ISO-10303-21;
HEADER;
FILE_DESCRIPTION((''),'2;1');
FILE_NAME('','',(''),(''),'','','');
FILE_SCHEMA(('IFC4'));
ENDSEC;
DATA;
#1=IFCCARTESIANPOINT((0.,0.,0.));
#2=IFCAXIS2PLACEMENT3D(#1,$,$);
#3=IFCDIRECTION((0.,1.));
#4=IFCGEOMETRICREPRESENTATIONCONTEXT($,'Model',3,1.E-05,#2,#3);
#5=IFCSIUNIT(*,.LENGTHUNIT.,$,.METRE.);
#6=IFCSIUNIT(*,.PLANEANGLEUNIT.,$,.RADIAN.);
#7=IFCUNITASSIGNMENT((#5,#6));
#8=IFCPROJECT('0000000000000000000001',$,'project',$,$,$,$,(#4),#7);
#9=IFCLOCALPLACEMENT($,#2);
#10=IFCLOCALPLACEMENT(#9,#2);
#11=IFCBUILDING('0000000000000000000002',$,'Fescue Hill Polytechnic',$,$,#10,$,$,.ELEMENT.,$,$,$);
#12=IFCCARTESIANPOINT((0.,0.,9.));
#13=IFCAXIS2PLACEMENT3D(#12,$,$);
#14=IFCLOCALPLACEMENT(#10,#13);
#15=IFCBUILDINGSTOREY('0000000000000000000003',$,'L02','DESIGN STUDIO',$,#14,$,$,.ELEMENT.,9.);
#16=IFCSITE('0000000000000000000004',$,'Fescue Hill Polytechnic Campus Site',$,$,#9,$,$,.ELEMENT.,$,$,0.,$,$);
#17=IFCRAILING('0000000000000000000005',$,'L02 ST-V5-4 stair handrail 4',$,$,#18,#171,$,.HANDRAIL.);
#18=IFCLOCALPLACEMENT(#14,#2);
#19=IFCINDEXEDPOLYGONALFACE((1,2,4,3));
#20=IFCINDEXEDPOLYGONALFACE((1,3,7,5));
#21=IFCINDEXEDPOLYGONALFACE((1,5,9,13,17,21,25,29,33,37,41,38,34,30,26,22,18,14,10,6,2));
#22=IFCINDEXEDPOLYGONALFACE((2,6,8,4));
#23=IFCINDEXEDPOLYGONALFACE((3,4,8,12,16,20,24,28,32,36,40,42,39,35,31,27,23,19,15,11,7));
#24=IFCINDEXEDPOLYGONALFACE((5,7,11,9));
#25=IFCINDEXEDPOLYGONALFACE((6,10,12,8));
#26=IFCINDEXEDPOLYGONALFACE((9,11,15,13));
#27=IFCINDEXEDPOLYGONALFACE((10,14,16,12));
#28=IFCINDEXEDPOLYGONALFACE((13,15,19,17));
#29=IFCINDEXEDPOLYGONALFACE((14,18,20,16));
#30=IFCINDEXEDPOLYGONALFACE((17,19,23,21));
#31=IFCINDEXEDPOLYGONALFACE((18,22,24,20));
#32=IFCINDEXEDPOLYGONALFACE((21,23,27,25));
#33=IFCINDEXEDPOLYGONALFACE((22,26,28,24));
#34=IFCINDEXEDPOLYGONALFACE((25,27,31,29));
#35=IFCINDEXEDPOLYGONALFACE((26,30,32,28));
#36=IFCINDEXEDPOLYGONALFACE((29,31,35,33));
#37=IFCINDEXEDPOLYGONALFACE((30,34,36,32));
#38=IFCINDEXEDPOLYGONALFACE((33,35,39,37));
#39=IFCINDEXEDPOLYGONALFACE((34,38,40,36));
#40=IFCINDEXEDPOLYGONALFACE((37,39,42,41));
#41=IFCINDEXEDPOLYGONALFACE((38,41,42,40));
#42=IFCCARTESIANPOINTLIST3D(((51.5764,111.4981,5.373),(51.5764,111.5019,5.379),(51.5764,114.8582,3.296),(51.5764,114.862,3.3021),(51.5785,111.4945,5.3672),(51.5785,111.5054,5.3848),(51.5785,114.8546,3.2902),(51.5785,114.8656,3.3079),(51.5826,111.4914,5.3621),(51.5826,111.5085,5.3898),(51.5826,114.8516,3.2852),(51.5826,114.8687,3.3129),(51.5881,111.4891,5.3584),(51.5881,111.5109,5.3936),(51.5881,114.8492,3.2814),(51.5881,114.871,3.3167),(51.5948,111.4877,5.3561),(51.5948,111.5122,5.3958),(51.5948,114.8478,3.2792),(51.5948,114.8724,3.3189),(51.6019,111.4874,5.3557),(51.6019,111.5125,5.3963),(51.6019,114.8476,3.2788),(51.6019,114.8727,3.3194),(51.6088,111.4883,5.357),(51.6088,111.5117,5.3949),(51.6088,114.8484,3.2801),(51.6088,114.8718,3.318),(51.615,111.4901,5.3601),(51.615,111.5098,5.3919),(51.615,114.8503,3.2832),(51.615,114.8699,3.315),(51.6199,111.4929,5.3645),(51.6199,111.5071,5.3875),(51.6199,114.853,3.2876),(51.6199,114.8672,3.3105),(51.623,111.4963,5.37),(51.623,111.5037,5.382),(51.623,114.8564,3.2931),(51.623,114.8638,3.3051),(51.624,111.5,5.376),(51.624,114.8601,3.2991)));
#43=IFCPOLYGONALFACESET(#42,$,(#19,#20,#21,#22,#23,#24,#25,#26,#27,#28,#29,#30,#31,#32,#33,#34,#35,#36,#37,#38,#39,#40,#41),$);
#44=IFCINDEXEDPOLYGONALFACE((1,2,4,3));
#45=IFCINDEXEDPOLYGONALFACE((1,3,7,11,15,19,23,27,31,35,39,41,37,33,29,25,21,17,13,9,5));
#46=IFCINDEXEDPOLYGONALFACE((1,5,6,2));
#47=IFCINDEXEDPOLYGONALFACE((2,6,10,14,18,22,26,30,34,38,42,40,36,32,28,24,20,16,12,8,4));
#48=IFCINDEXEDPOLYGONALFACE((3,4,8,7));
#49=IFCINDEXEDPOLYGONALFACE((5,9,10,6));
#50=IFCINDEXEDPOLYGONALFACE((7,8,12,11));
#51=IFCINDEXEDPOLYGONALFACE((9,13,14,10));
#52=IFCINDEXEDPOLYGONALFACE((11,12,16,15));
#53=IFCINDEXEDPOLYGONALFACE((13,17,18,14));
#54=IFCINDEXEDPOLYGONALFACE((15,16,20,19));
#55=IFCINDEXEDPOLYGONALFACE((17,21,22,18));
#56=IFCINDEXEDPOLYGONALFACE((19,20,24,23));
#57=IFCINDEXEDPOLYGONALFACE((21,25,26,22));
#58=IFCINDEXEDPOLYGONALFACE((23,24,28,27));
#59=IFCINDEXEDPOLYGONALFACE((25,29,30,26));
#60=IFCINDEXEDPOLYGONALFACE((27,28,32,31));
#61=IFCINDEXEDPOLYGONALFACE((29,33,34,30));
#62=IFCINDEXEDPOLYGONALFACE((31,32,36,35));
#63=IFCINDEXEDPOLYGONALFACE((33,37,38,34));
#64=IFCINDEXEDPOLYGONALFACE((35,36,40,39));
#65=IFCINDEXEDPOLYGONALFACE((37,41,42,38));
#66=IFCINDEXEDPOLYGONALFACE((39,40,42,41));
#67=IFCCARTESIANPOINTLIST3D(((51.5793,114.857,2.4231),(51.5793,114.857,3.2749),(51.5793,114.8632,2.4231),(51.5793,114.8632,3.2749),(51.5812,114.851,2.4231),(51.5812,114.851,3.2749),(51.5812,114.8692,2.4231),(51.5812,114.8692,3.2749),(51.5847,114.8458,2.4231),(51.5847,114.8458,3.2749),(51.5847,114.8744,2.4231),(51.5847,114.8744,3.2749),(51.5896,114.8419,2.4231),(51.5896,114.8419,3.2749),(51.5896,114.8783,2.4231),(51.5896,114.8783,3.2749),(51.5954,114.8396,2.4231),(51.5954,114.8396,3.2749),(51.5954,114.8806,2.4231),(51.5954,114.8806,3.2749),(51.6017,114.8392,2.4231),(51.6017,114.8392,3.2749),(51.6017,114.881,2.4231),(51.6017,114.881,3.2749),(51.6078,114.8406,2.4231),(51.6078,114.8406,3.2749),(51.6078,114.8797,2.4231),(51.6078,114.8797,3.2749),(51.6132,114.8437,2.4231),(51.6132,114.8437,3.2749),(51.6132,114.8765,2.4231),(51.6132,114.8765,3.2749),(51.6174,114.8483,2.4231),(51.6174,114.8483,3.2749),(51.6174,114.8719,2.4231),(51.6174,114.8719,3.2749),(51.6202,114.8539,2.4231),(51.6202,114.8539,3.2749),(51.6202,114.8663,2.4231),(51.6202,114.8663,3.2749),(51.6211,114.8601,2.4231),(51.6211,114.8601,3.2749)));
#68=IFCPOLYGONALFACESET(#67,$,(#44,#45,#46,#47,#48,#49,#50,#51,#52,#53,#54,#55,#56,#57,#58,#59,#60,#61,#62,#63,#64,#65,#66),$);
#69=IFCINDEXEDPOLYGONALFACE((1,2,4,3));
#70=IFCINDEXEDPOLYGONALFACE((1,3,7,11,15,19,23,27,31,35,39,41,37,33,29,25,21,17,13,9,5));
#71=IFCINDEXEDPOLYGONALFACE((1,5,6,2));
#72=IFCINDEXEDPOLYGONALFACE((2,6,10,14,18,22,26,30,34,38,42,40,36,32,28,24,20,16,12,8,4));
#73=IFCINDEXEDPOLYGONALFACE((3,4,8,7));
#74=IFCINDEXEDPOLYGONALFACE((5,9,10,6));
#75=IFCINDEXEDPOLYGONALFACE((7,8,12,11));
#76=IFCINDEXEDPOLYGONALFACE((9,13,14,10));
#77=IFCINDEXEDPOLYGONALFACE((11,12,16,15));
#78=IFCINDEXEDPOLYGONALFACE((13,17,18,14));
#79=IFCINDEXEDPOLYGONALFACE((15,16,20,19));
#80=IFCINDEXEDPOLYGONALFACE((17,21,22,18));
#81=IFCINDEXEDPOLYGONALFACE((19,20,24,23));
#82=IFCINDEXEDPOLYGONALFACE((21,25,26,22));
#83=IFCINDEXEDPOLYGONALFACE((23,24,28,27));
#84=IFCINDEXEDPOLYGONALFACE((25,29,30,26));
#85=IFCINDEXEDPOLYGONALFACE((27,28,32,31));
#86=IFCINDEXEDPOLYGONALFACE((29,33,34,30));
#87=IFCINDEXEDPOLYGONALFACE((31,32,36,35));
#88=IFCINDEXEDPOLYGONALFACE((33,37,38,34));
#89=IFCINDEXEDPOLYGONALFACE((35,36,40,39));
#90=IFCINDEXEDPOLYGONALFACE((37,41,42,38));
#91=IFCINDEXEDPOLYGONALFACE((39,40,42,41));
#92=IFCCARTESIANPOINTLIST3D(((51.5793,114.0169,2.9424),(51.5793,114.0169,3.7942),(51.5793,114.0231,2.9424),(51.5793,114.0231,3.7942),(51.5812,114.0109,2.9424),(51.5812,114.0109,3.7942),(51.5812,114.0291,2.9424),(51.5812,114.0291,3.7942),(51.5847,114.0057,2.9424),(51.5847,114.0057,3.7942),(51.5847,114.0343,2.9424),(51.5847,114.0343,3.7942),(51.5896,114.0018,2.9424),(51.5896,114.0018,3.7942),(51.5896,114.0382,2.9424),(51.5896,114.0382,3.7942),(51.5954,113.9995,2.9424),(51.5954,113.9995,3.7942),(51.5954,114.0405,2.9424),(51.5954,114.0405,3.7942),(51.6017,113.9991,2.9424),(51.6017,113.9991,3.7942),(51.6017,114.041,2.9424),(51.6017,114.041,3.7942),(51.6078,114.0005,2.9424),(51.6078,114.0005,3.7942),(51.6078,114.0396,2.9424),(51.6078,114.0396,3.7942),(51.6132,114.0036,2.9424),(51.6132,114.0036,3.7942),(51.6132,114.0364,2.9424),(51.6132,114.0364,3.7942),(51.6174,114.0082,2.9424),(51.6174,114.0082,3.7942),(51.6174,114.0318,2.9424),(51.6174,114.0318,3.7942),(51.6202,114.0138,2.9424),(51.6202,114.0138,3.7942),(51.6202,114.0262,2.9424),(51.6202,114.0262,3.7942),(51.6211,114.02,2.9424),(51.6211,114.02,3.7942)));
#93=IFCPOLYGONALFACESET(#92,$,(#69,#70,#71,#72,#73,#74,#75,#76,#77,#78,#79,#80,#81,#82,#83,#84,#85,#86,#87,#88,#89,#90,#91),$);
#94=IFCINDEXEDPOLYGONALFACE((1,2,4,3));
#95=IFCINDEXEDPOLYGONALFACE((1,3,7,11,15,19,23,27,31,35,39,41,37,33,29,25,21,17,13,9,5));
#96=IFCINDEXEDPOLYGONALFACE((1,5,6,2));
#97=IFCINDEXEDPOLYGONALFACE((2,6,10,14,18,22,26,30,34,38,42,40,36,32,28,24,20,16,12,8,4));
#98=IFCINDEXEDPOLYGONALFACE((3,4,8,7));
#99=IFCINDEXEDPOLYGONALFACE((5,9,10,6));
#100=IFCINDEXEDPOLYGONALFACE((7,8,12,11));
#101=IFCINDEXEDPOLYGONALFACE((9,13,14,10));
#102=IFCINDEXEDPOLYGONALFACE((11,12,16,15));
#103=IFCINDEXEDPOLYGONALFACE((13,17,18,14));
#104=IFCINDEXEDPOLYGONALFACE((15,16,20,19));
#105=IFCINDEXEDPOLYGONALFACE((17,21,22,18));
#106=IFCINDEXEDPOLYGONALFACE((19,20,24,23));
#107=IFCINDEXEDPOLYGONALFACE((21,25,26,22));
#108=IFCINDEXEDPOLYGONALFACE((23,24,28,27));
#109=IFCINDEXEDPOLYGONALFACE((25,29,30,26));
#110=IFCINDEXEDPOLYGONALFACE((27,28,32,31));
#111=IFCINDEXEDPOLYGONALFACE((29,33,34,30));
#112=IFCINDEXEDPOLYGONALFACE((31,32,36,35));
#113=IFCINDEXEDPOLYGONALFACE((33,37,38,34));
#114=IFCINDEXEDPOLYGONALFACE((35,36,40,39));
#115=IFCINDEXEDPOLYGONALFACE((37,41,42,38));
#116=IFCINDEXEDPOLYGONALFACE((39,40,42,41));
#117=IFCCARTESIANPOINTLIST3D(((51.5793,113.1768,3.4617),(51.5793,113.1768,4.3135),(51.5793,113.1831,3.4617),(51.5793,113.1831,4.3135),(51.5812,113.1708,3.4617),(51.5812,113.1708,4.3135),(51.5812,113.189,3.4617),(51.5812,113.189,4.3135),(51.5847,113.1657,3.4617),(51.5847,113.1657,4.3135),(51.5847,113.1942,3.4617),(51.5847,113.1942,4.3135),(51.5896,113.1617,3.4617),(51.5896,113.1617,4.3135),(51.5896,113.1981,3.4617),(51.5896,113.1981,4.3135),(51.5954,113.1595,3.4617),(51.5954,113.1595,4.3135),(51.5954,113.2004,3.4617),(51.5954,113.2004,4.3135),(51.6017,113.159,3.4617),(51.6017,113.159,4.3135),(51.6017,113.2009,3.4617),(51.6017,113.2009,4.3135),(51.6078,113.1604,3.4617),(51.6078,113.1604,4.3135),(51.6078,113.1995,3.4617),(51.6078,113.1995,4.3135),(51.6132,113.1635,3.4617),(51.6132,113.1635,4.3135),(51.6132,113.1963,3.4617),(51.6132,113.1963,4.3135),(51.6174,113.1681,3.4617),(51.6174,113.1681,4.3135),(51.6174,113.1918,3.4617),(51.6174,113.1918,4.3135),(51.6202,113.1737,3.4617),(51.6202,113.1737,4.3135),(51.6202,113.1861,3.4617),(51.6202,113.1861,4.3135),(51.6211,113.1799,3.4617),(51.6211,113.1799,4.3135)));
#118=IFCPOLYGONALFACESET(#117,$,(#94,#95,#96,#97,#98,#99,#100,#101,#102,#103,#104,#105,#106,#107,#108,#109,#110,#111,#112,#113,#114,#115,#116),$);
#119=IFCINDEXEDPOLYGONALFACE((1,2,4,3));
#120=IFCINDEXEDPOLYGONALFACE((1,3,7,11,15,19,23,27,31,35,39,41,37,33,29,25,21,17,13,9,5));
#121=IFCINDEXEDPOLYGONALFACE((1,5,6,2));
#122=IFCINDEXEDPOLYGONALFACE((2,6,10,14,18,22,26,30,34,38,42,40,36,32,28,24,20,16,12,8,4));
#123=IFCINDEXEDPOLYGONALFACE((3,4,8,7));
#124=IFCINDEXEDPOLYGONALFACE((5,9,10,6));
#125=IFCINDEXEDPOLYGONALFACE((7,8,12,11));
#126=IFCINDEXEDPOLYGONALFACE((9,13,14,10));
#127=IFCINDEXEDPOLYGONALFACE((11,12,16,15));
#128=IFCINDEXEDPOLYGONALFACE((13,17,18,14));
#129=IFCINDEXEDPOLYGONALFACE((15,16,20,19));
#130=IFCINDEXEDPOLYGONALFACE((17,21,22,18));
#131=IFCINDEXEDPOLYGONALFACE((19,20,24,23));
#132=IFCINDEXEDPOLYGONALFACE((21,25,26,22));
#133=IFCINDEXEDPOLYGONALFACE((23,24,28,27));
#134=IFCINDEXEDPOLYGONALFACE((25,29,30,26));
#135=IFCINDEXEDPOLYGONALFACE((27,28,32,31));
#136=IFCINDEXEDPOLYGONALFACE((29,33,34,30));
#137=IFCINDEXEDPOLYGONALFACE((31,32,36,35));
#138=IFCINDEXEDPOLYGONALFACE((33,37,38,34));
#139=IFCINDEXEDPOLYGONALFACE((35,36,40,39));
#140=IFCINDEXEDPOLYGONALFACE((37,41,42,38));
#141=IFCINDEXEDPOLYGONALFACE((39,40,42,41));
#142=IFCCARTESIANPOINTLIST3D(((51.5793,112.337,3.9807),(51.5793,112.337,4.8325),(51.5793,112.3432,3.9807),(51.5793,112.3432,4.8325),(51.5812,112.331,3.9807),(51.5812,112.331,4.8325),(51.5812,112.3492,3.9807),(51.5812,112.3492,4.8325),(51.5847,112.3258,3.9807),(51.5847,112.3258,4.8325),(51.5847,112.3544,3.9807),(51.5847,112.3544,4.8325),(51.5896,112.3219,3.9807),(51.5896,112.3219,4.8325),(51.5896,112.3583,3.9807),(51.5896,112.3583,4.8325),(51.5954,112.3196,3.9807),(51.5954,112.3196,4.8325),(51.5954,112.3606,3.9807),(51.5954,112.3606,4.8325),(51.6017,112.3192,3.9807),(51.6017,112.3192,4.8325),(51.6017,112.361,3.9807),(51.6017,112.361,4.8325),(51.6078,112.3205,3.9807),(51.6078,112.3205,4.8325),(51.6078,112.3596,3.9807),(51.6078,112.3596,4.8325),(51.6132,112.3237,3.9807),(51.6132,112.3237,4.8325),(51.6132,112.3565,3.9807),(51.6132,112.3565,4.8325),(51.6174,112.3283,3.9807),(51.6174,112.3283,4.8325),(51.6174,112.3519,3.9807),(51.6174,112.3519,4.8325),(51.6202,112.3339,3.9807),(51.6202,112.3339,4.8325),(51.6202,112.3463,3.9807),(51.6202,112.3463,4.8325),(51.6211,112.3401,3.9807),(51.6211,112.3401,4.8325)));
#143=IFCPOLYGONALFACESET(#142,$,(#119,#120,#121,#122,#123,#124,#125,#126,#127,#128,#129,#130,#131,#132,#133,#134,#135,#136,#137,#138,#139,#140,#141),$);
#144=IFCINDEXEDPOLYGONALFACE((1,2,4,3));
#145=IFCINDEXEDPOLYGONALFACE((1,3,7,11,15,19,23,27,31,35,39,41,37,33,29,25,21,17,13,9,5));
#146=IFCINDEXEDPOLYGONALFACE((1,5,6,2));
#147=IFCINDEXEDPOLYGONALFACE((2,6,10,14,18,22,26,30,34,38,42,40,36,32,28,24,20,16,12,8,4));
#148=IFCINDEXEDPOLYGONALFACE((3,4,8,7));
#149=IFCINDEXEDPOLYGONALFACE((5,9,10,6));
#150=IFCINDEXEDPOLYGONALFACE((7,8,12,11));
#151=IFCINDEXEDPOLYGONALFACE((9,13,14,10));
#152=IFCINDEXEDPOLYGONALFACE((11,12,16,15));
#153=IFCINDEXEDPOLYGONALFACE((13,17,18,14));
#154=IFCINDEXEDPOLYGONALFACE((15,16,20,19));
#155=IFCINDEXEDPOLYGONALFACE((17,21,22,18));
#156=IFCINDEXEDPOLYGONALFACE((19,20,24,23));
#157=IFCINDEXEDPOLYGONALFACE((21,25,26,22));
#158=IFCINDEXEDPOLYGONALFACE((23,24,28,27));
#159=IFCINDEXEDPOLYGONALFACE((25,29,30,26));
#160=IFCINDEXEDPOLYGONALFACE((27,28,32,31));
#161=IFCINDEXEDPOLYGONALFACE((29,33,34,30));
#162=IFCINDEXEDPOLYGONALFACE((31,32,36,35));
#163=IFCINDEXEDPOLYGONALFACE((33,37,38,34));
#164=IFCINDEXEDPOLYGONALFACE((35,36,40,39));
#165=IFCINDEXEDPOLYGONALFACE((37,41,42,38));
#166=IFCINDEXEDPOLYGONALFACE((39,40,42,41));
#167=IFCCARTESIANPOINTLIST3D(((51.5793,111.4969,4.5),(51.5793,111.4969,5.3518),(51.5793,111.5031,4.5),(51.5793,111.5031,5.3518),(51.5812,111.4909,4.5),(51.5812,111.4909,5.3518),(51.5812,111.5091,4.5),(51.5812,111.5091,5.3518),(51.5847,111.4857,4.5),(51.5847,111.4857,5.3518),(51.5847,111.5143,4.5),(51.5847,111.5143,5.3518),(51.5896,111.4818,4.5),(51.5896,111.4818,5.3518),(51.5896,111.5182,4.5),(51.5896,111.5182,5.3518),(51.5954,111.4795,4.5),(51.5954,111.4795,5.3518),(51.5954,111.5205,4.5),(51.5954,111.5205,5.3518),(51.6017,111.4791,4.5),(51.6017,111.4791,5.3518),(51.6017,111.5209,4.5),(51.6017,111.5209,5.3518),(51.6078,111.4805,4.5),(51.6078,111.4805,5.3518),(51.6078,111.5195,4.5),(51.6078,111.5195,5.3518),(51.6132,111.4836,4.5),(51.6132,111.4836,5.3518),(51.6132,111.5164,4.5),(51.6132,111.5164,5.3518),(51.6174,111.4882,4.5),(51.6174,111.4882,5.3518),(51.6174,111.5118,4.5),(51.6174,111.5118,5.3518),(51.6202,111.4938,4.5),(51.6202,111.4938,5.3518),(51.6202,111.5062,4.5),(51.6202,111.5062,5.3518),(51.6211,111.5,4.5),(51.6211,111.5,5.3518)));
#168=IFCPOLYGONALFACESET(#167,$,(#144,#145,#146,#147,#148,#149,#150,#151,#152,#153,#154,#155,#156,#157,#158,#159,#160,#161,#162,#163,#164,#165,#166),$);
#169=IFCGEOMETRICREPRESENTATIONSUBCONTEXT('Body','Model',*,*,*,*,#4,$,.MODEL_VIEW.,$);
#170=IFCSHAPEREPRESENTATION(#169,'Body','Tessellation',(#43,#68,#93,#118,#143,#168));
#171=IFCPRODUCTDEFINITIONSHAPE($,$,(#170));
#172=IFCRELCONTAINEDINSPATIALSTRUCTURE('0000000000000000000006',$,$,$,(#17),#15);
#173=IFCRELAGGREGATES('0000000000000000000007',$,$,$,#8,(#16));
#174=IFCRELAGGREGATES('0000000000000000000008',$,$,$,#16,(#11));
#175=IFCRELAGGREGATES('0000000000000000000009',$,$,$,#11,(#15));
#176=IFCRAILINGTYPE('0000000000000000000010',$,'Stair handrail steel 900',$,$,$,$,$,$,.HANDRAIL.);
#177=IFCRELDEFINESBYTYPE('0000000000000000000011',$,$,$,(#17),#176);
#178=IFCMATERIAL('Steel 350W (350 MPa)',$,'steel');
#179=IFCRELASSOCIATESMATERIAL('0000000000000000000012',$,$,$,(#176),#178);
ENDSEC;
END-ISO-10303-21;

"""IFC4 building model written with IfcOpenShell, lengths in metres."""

from ifc_helpers import new_model, si_unit, direction, frame, origin, origin_2d, place, context, subcontext, project, spatial, circle, extrude, material, type_object, element, save


model = new_model("IFC4")

# Units and contexts
model_context = context("Model", 3, precision=1e-05, world=origin(), true_north=direction((0.0, 1.0)))
body_context = subcontext(model_context, "Body", "Model", "MODEL_VIEW")
ifc_project = project(units=[si_unit("LENGTHUNIT", "METRE"), si_unit("PLANEANGLEUNIT", "RADIAN")], contexts=[model_context])

# Site, building, storey
site_placement = place(None, origin())
site = spatial("IfcSite", under=ifc_project, at=site_placement, Name="Fescue Hill Polytechnic Campus Site", CompositionType="ELEMENT", RefElevation=0.0)
building_placement = place(site_placement, origin())
building = spatial("IfcBuilding", under=site, at=building_placement, Name="Fescue Hill Polytechnic", CompositionType="ELEMENT")
storey_placement = place(building_placement, frame((0.0, 0.0, 9.0)))
storey = spatial("IfcBuildingStorey", under=building, at=storey_placement, Name="L02", Description="DESIGN STUDIO", CompositionType="ELEMENT", Elevation=9.0)

# Railing
ifc_material_1 = material(Name="Steel 350W (350 MPa)", Category="steel")
railing_type_1 = type_object("IfcRailingType", Name="Stair handrail steel 900", PredefinedType="HANDRAIL", material=ifc_material_1)
for number, where, name in (
    (1, (51.6001, 114.8601, 2.4231), "L02 ST-V5-4 stair handrail 4"),
):
    element("IfcRailing", number, at=place(storey_placement, frame(where)), inside=storey, type_object=railing_type_1, Name=name, PredefinedType="HANDRAIL", context=body_context, shape_type="SweptSolid", body=[
        extrude(circle(Radius=0.0239, at=origin_2d()), frame((0.0, 0.0, 0.876), z_axis=(0.0, -0.850623, 0.525776), x_axis=(1.0, 0.0, 0.0)), (0.0, 0.0, 1.0), 3.9502),
        extrude(circle(Radius=0.021, at=origin_2d()), origin(), (0.0, 0.0, 1.0), 0.8518),
        extrude(circle(Radius=0.021, at=origin_2d()), frame((0.0, -0.8401, 0.5193)), (0.0, 0.0, 1.0), 0.8518),
        extrude(circle(Radius=0.021, at=origin_2d()), frame((0.0, -1.6802, 1.0386)), (0.0, 0.0, 1.0), 0.8518),
        extrude(circle(Radius=0.021, at=origin_2d()), frame((0.0, -2.52, 1.5576)), (0.0, 0.0, 1.0), 0.8518),
        extrude(circle(Radius=0.021, at=origin_2d()), frame((0.0, -3.3601, 2.0769)), (0.0, 0.0, 1.0), 0.8518),
    ])

save(model, "model.ifc")
